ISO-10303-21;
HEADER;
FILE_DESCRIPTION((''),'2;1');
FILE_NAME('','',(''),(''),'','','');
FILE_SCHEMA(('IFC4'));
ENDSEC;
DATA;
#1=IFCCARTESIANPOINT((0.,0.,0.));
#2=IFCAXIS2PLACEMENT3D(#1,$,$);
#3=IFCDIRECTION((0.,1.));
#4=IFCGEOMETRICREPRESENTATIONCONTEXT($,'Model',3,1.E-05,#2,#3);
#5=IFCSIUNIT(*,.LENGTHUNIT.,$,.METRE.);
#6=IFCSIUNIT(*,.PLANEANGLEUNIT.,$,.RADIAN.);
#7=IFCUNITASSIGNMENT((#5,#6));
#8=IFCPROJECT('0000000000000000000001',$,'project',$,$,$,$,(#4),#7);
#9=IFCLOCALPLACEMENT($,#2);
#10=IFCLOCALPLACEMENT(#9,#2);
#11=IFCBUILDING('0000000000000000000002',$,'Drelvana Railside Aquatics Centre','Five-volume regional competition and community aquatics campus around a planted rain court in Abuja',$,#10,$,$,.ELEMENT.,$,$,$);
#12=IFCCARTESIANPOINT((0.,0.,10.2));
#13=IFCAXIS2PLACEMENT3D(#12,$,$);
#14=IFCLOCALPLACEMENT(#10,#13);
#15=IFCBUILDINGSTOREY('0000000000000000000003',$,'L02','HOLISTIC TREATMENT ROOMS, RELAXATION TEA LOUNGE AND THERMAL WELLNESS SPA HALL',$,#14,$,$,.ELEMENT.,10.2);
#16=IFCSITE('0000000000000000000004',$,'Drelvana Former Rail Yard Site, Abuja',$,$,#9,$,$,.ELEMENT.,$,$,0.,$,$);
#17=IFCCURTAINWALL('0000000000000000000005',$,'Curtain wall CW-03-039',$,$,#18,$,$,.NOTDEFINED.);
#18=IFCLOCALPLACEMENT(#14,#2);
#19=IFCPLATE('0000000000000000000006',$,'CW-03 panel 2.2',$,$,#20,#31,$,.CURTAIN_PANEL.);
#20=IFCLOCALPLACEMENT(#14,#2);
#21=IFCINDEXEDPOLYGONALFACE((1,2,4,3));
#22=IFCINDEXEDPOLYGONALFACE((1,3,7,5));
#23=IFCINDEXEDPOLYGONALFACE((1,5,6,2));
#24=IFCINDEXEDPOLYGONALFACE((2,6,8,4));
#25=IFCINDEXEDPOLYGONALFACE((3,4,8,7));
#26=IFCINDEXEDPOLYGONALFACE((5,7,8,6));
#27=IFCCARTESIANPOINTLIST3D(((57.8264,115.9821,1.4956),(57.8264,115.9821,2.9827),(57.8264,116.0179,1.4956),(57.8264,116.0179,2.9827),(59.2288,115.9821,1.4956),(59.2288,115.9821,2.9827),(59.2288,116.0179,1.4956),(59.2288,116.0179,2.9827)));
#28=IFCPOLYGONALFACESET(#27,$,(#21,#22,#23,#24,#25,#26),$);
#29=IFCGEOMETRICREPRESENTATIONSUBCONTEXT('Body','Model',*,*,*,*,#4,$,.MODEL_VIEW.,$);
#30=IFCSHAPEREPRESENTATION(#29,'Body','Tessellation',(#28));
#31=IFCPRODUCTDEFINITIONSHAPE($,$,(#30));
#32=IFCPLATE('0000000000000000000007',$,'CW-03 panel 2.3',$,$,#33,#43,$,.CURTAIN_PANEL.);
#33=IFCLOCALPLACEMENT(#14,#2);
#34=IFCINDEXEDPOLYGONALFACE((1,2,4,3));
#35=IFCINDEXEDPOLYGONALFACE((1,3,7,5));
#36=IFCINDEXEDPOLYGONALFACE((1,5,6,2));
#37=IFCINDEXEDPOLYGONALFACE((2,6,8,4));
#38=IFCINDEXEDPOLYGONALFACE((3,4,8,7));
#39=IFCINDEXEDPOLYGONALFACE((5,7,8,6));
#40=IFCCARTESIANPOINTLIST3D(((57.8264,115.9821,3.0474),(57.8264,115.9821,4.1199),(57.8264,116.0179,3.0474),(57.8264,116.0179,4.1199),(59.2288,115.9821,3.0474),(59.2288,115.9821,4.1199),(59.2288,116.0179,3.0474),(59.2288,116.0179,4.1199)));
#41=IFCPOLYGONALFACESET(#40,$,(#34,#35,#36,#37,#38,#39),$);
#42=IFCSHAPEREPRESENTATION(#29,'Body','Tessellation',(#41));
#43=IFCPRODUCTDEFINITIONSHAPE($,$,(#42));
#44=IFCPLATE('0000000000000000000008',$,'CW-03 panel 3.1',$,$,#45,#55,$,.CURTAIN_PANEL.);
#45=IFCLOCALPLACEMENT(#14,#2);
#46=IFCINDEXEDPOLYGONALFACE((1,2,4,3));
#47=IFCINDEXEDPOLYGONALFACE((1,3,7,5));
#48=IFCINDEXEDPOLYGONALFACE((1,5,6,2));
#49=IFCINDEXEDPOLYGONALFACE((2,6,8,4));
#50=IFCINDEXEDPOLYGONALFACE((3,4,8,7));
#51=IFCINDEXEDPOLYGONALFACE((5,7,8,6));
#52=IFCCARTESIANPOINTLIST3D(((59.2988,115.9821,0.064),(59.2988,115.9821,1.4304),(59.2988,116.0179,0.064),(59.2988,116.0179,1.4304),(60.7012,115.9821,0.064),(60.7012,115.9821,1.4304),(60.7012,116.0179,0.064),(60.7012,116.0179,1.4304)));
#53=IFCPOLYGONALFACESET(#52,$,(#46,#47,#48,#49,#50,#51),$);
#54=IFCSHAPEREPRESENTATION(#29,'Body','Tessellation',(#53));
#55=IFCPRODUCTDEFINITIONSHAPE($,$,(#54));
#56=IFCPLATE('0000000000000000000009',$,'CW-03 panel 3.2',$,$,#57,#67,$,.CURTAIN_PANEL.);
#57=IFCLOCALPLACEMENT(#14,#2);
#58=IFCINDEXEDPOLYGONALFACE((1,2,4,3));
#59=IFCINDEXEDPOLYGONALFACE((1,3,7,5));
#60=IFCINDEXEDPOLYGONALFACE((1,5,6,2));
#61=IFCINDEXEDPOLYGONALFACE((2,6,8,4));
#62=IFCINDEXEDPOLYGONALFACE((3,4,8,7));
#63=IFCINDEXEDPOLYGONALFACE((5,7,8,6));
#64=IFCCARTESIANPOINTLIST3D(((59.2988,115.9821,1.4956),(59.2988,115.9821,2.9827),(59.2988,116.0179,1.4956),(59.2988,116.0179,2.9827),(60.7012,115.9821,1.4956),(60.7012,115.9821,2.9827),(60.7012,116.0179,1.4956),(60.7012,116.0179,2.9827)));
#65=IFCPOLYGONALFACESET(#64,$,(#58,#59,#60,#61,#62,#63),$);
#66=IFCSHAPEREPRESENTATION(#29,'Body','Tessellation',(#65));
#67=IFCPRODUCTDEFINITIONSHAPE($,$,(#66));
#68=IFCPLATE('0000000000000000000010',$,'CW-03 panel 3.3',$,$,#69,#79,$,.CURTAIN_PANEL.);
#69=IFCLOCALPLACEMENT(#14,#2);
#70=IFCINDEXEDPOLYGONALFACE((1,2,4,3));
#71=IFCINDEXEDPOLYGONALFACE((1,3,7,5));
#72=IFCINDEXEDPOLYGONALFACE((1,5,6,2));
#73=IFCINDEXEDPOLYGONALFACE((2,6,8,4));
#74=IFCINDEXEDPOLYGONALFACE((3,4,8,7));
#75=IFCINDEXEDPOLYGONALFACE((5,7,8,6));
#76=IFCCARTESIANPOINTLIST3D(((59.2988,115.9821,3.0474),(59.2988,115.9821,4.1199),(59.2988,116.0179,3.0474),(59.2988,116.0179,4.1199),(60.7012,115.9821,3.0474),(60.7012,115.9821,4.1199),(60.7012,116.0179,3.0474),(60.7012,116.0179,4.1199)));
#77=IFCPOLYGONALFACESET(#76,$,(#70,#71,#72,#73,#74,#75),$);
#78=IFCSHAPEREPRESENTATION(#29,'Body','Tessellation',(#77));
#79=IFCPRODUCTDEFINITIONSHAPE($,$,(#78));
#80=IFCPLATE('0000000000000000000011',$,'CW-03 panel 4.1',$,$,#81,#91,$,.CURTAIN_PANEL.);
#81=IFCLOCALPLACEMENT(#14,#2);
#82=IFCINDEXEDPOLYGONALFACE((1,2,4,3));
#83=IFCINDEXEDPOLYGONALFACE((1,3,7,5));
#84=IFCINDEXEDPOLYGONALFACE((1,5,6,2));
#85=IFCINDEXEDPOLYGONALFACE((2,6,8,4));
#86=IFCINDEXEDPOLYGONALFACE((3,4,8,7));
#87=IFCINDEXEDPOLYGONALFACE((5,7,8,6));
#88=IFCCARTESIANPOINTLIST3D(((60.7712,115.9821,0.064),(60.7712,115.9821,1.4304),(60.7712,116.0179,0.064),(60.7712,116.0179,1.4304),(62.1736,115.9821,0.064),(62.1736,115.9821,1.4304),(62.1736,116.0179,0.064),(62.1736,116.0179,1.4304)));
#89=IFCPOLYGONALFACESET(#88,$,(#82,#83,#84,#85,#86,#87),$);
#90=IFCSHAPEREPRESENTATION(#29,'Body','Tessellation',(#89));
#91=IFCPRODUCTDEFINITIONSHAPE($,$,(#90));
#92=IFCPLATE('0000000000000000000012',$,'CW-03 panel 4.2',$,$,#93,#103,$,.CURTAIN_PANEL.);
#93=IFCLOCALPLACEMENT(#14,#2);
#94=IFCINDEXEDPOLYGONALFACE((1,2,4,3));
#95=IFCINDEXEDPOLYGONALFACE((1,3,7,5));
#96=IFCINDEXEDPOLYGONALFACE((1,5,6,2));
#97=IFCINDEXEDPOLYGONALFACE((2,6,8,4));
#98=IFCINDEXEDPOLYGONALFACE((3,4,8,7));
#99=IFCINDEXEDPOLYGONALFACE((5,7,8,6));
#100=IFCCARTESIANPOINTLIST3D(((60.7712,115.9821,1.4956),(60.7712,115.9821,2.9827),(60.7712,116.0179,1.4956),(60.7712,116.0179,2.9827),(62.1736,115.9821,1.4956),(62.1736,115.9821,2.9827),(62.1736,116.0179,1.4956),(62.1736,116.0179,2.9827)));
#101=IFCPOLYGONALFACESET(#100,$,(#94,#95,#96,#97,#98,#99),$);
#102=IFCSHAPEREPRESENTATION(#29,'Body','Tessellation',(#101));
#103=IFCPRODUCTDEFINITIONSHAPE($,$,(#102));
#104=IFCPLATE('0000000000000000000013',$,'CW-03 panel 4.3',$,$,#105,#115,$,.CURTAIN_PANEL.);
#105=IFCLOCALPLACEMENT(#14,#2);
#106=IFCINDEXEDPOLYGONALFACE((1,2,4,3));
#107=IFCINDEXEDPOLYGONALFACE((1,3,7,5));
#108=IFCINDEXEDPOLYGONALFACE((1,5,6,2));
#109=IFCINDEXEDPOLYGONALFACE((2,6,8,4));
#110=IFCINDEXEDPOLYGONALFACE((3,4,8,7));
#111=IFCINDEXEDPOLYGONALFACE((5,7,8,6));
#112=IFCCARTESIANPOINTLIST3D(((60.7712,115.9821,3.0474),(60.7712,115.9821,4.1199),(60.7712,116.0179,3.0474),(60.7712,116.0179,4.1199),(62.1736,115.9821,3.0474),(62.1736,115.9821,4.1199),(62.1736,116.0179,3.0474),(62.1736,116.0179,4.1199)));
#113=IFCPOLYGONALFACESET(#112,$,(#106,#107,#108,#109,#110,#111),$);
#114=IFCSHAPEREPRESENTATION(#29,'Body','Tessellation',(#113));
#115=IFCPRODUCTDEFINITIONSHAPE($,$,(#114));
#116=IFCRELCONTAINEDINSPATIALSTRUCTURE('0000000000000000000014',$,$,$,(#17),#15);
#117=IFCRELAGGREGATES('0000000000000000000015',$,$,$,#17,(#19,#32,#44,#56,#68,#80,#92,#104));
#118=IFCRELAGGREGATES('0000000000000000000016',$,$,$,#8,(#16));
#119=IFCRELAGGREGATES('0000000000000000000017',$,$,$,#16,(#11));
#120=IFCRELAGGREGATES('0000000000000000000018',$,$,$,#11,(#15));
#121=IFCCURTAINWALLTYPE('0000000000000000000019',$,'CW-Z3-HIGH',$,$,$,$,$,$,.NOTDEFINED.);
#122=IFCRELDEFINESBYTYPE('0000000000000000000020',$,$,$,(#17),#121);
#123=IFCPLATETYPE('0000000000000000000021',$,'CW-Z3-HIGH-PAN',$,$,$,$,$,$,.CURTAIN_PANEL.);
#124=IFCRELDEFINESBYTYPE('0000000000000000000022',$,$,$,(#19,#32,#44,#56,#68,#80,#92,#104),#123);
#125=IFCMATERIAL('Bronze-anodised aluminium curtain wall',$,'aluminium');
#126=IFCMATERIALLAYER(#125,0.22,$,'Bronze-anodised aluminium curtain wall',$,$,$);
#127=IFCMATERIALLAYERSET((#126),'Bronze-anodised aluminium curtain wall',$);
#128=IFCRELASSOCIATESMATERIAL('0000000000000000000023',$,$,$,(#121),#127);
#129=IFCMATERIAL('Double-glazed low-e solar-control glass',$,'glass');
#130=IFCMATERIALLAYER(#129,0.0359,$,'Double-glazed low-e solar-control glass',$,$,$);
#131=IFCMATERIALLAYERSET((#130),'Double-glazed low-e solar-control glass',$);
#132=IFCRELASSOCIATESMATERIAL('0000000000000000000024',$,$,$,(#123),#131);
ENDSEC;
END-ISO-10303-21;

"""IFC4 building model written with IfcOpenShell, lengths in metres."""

from ifc_helpers import new_model, si_unit, direction, frame, origin, origin_2d, place, context, subcontext, project, spatial, rectangle, extrude, material, layer, layer_set, type_object, element, aggregate, save


model = new_model("IFC4")

# Units and contexts
model_context = context("Model", 3, precision=1e-05, world=origin(), true_north=direction((0.0, 1.0)))
body_context = subcontext(model_context, "Body", "Model", "MODEL_VIEW")
ifc_project = project(units=[si_unit("LENGTHUNIT", "METRE"), si_unit("PLANEANGLEUNIT", "RADIAN")], contexts=[model_context])

# Site, building, storey
site_placement = place(None, origin())
site = spatial("IfcSite", under=ifc_project, at=site_placement, Name="Drelvana Former Rail Yard Site, Abuja", CompositionType="ELEMENT", RefElevation=0.0)
building_placement = place(site_placement, origin())
building = spatial("IfcBuilding", under=site, at=building_placement, Name="Drelvana Railside Aquatics Centre", Description="Five-volume regional competition and community aquatics campus around a planted rain court in Abuja", CompositionType="ELEMENT")
storey_placement = place(building_placement, frame((0.0, 0.0, 10.2)))
storey = spatial("IfcBuildingStorey", under=building, at=storey_placement, Name="L02", Description="HOLISTIC TREATMENT ROOMS, RELAXATION TEA LOUNGE AND THERMAL WELLNESS SPA HALL", CompositionType="ELEMENT", Elevation=10.2)

# Curtain wall, plates
ifc_material_1 = material(Name="Bronze-anodised aluminium curtain wall", Category="aluminium")
ifc_layer_1 = layer(ifc_material_1, 0.22, Name="Bronze-anodised aluminium curtain wall")
ifc_layer_set_1 = layer_set([ifc_layer_1], Name="Bronze-anodised aluminium curtain wall")
curtain_wall_type = type_object("IfcCurtainWallType", Name="CW-Z3-HIGH", PredefinedType="NOTDEFINED", material=ifc_layer_set_1)
curtain_wall_placement = place(storey_placement, origin())
curtain_wall = element("IfcCurtainWall", 1, at=curtain_wall_placement, inside=storey, type_object=curtain_wall_type, Name="Curtain wall CW-03-039", PredefinedType="NOTDEFINED")
ifc_material_2 = material(Name="Double-glazed low-e solar-control glass", Category="glass")
ifc_layer_2 = layer(ifc_material_2, 0.0359, Name="Double-glazed low-e solar-control glass")
ifc_layer_set_2 = layer_set([ifc_layer_2], Name="Double-glazed low-e solar-control glass")
plate_type = type_object("IfcPlateType", Name="CW-Z3-HIGH-PAN", PredefinedType="CURTAIN_PANEL", material=ifc_layer_set_2)
plate_1_placement = place(storey_placement, frame((58.5276, 116.0, 1.4956), z_axis=(0.0, 0.0, 1.0), x_axis=(1.0, 0.0, 0.0)))
plate_1 = element("IfcPlate", 2, at=plate_1_placement, type_object=plate_type, Name="CW-03 panel 2.2", PredefinedType="CURTAIN_PANEL", context=body_context, shape_type="SweptSolid", body=[
    extrude(rectangle(XDim=1.4023, YDim=0.0359, at=origin_2d()), origin(), (0.0, 0.0, 1.0), 1.4871),
])
plate_2_placement = place(storey_placement, frame((58.5276, 116.0, 3.0474), z_axis=(0.0, 0.0, 1.0), x_axis=(1.0, 0.0, 0.0)))
plate_2 = element("IfcPlate", 3, at=plate_2_placement, type_object=plate_type, Name="CW-03 panel 2.3", PredefinedType="CURTAIN_PANEL", context=body_context, shape_type="SweptSolid", body=[
    extrude(rectangle(XDim=1.4023, YDim=0.0359, at=origin_2d()), origin(), (0.0, 0.0, 1.0), 1.0725),
])
plate_3_placement = place(storey_placement, frame((60.0, 116.0, 0.064), z_axis=(0.0, 0.0, 1.0), x_axis=(1.0, 0.0, 0.0)))
plate_3 = element("IfcPlate", 4, at=plate_3_placement, type_object=plate_type, Name="CW-03 panel 3.1", PredefinedType="CURTAIN_PANEL", context=body_context, shape_type="SweptSolid", body=[
    extrude(rectangle(XDim=1.4023, YDim=0.0359, at=origin_2d()), origin(), (0.0, 0.0, 1.0), 1.3665),
])
plate_4_placement = place(storey_placement, frame((60.0, 116.0, 1.4956), z_axis=(0.0, 0.0, 1.0), x_axis=(1.0, 0.0, 0.0)))
plate_4 = element("IfcPlate", 5, at=plate_4_placement, type_object=plate_type, Name="CW-03 panel 3.2", PredefinedType="CURTAIN_PANEL", context=body_context, shape_type="SweptSolid", body=[
    extrude(rectangle(XDim=1.4023, YDim=0.0359, at=origin_2d()), origin(), (0.0, 0.0, 1.0), 1.4871),
])
plate_5_placement = place(storey_placement, frame((60.0, 116.0, 3.0474), z_axis=(0.0, 0.0, 1.0), x_axis=(1.0, 0.0, 0.0)))
plate_5 = element("IfcPlate", 6, at=plate_5_placement, type_object=plate_type, Name="CW-03 panel 3.3", PredefinedType="CURTAIN_PANEL", context=body_context, shape_type="SweptSolid", body=[
    extrude(rectangle(XDim=1.4023, YDim=0.0359, at=origin_2d()), origin(), (0.0, 0.0, 1.0), 1.0725),
])
plate_6_placement = place(storey_placement, frame((61.4724, 116.0, 0.064), z_axis=(0.0, 0.0, 1.0), x_axis=(1.0, 0.0, 0.0)))
plate_6 = element("IfcPlate", 7, at=plate_6_placement, type_object=plate_type, Name="CW-03 panel 4.1", PredefinedType="CURTAIN_PANEL", context=body_context, shape_type="SweptSolid", body=[
    extrude(rectangle(XDim=1.4023, YDim=0.0359, at=origin_2d()), origin(), (0.0, 0.0, 1.0), 1.3665),
])
plate_7_placement = place(storey_placement, frame((61.4724, 116.0, 1.4956), z_axis=(0.0, 0.0, 1.0), x_axis=(1.0, 0.0, 0.0)))
plate_7 = element("IfcPlate", 8, at=plate_7_placement, type_object=plate_type, Name="CW-03 panel 4.2", PredefinedType="CURTAIN_PANEL", context=body_context, shape_type="SweptSolid", body=[
    extrude(rectangle(XDim=1.4023, YDim=0.0359, at=origin_2d()), origin(), (0.0, 0.0, 1.0), 1.4871),
])
plate_8_placement = place(storey_placement, frame((61.4724, 116.0, 3.0474), z_axis=(0.0, 0.0, 1.0), x_axis=(1.0, 0.0, 0.0)))
plate_8 = element("IfcPlate", 9, at=plate_8_placement, type_object=plate_type, Name="CW-03 panel 4.3", PredefinedType="CURTAIN_PANEL", context=body_context, shape_type="SweptSolid", body=[
    extrude(rectangle(XDim=1.4023, YDim=0.0359, at=origin_2d()), origin(), (0.0, 0.0, 1.0), 1.0725),
])
aggregate(curtain_wall, [plate_1, plate_2, plate_3, plate_4, plate_5, plate_6, plate_7, plate_8])

save(model, "model.ifc")
